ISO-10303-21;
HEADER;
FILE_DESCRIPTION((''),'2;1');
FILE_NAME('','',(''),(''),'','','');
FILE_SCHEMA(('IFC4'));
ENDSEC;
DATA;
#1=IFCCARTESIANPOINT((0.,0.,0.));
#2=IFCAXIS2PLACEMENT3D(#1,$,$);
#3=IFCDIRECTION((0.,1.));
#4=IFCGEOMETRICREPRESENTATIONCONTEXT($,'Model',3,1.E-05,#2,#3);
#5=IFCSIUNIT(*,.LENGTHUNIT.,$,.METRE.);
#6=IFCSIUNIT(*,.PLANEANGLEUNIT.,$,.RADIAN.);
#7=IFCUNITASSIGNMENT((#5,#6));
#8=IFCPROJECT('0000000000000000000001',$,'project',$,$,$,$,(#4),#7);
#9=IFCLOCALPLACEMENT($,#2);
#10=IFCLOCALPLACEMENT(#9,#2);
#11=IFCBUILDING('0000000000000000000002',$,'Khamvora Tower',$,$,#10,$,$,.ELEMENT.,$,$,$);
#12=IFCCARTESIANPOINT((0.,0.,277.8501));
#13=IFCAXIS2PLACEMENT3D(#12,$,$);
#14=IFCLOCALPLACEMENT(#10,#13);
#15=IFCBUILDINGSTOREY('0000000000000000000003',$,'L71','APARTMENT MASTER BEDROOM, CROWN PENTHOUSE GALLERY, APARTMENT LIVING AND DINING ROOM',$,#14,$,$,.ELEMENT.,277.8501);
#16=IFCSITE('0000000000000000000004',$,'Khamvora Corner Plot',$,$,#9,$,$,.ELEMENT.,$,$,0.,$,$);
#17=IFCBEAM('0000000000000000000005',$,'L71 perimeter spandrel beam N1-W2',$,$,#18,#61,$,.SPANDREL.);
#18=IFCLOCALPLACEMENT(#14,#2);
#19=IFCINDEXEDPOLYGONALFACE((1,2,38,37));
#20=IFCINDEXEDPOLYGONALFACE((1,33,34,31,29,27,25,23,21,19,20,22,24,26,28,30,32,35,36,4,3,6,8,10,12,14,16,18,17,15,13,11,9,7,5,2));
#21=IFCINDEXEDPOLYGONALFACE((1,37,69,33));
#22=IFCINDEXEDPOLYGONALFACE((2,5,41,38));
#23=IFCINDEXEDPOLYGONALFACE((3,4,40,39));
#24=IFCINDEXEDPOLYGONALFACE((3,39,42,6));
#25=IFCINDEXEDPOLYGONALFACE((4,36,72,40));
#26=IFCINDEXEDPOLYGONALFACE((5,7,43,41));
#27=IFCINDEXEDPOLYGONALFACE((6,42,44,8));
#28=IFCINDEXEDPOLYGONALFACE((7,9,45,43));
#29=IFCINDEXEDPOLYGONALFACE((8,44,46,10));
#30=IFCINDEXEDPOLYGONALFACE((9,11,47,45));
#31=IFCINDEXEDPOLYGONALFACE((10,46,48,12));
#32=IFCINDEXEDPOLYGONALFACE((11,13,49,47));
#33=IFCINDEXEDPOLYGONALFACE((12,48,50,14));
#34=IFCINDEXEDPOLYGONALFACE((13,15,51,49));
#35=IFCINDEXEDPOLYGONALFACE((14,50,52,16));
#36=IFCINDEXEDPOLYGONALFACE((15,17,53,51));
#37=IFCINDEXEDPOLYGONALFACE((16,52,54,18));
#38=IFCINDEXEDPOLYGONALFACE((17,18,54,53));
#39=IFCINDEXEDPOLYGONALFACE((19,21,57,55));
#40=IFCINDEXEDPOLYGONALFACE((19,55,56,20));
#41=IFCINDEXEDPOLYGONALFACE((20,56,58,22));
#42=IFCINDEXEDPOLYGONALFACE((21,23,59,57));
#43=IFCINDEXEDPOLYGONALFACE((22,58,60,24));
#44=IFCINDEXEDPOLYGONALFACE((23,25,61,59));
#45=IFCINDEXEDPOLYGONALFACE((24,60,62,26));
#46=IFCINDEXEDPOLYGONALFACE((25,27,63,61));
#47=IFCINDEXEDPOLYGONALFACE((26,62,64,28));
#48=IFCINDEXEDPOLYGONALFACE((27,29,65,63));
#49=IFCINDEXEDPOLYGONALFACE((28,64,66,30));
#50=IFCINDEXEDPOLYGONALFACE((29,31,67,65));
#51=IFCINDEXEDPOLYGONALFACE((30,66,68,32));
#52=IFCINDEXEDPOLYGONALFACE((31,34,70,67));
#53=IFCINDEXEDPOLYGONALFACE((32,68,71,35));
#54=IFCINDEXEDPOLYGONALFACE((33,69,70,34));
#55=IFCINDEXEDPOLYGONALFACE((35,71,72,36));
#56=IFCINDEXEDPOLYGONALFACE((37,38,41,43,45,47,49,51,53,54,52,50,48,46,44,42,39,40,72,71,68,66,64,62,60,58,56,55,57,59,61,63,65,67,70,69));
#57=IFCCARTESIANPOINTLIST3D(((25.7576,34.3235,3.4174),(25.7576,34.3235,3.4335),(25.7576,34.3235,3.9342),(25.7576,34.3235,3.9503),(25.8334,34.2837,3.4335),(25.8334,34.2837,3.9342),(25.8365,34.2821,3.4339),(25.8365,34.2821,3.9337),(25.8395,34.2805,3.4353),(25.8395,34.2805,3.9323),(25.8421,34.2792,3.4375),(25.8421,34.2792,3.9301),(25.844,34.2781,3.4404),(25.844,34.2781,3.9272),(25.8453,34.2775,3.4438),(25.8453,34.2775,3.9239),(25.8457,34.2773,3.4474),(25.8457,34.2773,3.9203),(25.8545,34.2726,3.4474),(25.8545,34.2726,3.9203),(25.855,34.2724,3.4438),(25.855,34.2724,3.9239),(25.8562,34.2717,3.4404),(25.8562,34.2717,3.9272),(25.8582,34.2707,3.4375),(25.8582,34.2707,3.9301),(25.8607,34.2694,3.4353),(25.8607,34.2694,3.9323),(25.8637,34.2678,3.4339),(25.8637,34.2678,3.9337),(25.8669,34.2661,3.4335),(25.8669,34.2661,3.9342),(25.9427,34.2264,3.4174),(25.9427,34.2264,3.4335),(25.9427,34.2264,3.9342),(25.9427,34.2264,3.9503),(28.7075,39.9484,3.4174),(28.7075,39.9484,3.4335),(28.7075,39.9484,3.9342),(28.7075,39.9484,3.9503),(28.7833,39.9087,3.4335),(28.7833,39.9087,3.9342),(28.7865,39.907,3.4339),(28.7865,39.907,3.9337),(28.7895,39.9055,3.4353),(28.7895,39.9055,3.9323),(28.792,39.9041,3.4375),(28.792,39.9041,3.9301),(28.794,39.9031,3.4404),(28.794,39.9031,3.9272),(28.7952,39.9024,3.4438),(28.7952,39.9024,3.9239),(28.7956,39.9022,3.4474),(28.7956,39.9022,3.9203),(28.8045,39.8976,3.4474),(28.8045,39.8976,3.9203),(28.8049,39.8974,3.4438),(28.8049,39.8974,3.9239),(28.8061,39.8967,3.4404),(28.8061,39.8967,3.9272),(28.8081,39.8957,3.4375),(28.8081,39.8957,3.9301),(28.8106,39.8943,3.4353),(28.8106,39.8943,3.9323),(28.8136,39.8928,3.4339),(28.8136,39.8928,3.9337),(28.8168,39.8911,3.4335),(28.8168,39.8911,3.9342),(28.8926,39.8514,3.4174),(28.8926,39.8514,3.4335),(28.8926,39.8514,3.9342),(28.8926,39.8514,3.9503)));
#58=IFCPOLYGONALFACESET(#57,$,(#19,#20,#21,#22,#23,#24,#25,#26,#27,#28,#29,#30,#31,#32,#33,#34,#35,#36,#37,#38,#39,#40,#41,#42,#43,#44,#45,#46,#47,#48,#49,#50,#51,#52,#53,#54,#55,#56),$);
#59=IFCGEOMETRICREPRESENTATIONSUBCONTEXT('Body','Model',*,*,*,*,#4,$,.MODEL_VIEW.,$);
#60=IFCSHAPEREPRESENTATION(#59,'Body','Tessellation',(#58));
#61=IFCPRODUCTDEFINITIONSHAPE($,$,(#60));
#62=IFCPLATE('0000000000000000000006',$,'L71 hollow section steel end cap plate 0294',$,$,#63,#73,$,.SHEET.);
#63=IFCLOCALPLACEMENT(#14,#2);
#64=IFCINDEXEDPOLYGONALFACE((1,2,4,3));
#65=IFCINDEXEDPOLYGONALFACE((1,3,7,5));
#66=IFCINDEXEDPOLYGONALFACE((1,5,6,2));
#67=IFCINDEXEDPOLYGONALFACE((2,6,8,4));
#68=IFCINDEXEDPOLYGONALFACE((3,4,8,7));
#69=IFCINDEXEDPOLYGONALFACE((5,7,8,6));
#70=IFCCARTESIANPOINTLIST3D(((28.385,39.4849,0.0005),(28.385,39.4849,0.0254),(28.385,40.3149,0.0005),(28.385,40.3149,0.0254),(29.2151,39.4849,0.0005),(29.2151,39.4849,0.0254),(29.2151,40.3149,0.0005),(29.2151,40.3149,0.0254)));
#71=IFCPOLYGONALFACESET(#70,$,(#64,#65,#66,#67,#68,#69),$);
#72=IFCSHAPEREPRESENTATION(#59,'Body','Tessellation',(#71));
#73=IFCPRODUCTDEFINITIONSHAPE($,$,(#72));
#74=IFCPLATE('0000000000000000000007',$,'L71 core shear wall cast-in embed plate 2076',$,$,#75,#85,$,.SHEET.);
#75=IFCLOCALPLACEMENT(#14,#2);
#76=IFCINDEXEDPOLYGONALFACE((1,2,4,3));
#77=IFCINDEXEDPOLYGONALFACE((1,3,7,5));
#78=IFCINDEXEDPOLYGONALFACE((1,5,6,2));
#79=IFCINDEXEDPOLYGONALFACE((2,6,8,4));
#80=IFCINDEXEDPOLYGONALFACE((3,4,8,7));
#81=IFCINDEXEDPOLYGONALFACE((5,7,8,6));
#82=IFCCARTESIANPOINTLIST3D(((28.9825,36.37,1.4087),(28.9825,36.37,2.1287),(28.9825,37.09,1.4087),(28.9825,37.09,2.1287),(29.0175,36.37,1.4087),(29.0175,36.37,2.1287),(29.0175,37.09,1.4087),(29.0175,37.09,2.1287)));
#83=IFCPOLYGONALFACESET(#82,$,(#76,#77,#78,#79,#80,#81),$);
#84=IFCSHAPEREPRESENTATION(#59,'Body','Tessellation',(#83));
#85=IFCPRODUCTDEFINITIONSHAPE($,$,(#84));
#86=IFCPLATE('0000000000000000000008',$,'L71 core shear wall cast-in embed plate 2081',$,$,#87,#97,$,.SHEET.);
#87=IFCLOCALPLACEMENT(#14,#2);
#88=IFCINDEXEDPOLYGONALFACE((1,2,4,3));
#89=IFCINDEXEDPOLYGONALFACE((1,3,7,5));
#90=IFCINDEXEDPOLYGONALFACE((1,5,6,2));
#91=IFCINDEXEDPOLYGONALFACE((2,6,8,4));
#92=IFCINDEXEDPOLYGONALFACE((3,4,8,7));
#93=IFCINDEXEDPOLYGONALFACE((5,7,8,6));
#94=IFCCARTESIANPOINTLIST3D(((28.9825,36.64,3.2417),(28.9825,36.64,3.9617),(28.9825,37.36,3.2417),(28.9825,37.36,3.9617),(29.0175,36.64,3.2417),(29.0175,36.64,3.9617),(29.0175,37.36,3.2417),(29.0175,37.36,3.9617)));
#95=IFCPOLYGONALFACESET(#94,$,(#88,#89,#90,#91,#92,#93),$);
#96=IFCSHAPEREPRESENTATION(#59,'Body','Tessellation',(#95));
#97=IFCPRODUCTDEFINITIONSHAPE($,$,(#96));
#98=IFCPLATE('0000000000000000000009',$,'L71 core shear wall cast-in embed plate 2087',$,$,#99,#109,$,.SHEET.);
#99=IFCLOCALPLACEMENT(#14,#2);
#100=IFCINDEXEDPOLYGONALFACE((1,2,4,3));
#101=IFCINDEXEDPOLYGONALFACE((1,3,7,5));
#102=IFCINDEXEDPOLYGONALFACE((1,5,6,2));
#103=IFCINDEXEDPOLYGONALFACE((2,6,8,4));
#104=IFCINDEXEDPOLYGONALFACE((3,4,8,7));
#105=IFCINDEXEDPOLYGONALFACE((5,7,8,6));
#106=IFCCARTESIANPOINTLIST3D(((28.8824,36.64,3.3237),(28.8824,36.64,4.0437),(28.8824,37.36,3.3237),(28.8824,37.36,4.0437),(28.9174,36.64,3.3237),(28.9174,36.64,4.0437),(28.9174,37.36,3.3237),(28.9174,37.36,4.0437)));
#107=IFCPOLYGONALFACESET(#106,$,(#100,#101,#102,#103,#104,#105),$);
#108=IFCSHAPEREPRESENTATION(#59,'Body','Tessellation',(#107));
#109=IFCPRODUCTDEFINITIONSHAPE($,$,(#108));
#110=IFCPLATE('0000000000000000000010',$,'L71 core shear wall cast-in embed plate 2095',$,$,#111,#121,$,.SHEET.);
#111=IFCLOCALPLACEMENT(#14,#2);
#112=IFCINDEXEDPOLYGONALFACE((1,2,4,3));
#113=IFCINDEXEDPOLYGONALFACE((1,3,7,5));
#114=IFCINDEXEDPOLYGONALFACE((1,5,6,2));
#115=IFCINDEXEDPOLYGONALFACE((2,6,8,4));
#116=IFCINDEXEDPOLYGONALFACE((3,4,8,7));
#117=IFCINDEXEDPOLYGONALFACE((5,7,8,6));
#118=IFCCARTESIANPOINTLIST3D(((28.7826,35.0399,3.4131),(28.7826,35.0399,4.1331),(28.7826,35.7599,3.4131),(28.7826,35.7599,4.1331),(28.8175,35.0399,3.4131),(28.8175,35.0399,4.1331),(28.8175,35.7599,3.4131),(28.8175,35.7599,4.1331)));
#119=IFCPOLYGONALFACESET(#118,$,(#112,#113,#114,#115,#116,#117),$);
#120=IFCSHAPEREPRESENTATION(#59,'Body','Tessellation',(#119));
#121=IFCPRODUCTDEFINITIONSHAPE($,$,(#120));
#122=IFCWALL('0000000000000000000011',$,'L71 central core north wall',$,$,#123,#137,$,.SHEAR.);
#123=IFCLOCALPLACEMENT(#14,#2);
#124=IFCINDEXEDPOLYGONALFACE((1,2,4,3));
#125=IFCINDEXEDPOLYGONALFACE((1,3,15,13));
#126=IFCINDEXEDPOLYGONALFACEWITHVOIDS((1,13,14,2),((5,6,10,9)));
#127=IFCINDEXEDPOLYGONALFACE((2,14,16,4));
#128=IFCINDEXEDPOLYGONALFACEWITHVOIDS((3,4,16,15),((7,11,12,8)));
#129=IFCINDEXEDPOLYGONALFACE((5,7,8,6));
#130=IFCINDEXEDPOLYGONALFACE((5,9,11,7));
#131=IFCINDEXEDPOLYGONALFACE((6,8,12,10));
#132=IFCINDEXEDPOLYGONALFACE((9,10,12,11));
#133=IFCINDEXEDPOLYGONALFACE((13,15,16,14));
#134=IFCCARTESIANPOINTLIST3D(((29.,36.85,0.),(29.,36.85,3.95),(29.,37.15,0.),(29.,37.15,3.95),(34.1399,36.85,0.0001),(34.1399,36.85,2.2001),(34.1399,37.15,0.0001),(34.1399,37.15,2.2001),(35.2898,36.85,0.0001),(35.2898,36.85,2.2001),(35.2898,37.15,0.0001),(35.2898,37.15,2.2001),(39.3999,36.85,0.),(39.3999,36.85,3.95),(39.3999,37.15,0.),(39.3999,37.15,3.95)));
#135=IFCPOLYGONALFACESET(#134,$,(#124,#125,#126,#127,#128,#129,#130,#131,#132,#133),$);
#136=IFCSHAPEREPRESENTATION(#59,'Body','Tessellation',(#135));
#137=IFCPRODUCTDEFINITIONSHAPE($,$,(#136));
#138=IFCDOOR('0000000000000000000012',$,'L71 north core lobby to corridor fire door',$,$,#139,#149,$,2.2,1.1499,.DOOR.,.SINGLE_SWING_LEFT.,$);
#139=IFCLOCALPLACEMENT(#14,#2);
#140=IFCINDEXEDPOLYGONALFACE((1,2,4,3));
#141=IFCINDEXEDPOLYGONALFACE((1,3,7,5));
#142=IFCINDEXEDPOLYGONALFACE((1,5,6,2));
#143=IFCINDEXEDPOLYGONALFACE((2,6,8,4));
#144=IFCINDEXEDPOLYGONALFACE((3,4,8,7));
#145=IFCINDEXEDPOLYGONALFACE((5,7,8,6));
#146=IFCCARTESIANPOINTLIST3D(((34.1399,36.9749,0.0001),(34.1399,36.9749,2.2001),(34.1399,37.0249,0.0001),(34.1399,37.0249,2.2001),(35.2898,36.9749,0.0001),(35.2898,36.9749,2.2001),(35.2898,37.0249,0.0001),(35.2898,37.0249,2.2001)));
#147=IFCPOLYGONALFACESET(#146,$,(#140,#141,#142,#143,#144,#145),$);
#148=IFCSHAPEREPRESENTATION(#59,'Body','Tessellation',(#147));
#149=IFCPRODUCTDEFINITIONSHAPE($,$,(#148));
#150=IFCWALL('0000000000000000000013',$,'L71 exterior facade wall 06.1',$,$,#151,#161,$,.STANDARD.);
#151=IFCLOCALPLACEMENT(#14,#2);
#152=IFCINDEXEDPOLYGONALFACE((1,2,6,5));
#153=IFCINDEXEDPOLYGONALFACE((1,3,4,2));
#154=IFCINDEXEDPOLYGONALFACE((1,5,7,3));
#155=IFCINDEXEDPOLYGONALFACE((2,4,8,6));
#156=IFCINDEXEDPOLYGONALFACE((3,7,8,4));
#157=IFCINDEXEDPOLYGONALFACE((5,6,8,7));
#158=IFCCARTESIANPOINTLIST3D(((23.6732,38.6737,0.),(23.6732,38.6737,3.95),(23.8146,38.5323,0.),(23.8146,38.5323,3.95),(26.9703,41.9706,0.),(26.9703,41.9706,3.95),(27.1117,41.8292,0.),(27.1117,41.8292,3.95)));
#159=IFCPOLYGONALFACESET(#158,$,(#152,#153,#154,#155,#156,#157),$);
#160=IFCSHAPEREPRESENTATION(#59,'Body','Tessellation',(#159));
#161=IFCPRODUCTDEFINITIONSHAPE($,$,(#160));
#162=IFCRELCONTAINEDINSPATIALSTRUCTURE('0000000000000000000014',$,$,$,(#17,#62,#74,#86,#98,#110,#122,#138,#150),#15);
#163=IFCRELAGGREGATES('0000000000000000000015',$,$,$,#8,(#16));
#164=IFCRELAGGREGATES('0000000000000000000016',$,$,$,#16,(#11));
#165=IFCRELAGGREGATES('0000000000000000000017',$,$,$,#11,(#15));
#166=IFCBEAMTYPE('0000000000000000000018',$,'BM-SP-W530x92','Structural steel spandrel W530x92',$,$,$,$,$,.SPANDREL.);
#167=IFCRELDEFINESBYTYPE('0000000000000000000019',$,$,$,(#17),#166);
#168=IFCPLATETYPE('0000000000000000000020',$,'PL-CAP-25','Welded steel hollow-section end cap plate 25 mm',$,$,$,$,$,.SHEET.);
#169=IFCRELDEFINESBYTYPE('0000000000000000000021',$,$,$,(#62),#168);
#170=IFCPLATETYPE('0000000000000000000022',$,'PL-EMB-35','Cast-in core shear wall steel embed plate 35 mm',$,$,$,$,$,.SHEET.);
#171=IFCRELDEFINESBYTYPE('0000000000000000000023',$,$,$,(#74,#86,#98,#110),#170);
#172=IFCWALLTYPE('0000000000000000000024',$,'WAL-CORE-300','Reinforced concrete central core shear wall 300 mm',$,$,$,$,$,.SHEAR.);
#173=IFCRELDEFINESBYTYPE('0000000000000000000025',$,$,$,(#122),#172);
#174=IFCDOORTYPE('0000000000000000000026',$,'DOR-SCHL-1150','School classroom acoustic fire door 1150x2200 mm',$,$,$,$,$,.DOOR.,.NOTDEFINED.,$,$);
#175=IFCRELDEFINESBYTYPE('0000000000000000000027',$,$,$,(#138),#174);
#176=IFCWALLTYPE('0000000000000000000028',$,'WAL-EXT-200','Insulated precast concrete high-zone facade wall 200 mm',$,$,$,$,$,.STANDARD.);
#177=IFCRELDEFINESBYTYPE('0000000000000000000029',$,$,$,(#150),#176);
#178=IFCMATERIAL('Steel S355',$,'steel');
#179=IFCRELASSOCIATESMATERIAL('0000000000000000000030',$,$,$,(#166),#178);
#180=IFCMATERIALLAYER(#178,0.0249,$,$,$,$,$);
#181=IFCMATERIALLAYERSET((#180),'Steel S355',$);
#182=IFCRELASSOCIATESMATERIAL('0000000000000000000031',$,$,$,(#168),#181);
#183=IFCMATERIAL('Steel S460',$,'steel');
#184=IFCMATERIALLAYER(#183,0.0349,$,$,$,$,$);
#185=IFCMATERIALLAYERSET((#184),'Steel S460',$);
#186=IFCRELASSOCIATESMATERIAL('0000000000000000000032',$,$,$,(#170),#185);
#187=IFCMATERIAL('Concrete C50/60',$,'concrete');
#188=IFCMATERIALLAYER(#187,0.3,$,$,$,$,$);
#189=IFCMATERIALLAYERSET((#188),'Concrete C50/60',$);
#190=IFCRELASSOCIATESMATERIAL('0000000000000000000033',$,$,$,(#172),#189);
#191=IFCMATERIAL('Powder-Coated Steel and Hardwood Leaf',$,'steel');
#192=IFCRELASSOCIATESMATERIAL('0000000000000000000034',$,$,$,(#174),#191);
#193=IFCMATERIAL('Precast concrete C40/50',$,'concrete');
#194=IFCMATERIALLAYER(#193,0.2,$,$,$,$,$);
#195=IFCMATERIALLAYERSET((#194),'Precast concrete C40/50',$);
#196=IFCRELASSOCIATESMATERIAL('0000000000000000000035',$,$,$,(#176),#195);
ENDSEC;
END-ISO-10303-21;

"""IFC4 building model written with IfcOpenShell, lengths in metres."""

from ifc_helpers import new_model, si_unit, direction, frame, frame_2d, origin, origin_2d, place, context, subcontext, project, spatial, rectangle, i_section, extrude, material, layer, layer_set, material_profile, profile_set, type_object, element, fill, save


model = new_model("IFC4")

# Units and contexts
model_context = context("Model", 3, precision=1e-05, world=origin(), true_north=direction((0.0, 1.0)))
body_context = subcontext(model_context, "Body", "Model", "MODEL_VIEW")
ifc_project = project(units=[si_unit("LENGTHUNIT", "METRE"), si_unit("PLANEANGLEUNIT", "RADIAN")], contexts=[model_context])

# Site, building, storey
site_placement = place(None, origin())
site = spatial("IfcSite", under=ifc_project, at=site_placement, Name="Khamvora Corner Plot", CompositionType="ELEMENT", RefElevation=0.0)
building_placement = place(site_placement, origin())
building = spatial("IfcBuilding", under=site, at=building_placement, Name="Khamvora Tower", CompositionType="ELEMENT")
storey_placement = place(building_placement, frame((0.0, 0.0, 277.8501)))
storey = spatial("IfcBuildingStorey", under=building, at=storey_placement, Name="L71", Description="APARTMENT MASTER BEDROOM, CROWN PENTHOUSE GALLERY, APARTMENT LIVING AND DINING ROOM", CompositionType="ELEMENT", Elevation=277.8501)

# Shared definitions
ifc_material_1 = material(Name="Steel S355", Category="steel")

# Beam
ifc_material_profile_1 = material_profile(ifc_material_1, i_section(OverallWidth=0.209, OverallDepth=0.533, WebThickness=0.01, FlangeThickness=0.0161, FilletRadius=0.0139, at=origin_2d()), Name="W530x92")
ifc_profile_set_1 = profile_set([ifc_material_profile_1], Name="Steel S355")
beam_type_1 = type_object("IfcBeamType", Name="BM-SP-W530x92", Description="Structural steel spandrel W530x92", PredefinedType="SPANDREL", material=ifc_profile_set_1)
beam_1_placement = place(storey_placement, frame((28.8, 39.8999, 3.6838), z_axis=(-0.464442, -0.885603, 0.0), x_axis=(0.885603, -0.464442, 0.0)))
element("IfcBeam", 1, at=beam_1_placement, inside=storey, type_object=beam_type_1, Name="L71 perimeter spandrel beam N1-W2", PredefinedType="SPANDREL", context=body_context, shape_type="SweptSolid", body=[
    extrude(i_section(OverallWidth=0.209, OverallDepth=0.533, WebThickness=0.01, FlangeThickness=0.0161, FilletRadius=0.0139, at=origin_2d()), origin(), (0.0, 0.0, 1.0), 6.3516),
])

# Plates
ifc_layer_1 = layer(ifc_material_1, 0.0249)
ifc_layer_set_1 = layer_set([ifc_layer_1], Name="Steel S355")
plate_type_1 = type_object("IfcPlateType", Name="PL-CAP-25", Description="Welded steel hollow-section end cap plate 25 mm", PredefinedType="SHEET", material=ifc_layer_set_1)
plate_placement = place(storey_placement, frame((28.8, 39.8999, 0.0005), z_axis=(0.0, 0.0, 1.0), x_axis=(1.0, 0.0, 0.0)))
element("IfcPlate", 2, at=plate_placement, inside=storey, type_object=plate_type_1, Name="L71 hollow section steel end cap plate 0294", PredefinedType="SHEET", context=body_context, shape_type="SweptSolid", body=[
    extrude(rectangle(XDim=0.8301, YDim=0.8301, at=origin_2d()), origin(), (0.0, 0.0, 1.0), 0.0249),
])
ifc_material_2 = material(Name="Steel S460", Category="steel")
ifc_layer_2 = layer(ifc_material_2, 0.0349)
ifc_layer_set_2 = layer_set([ifc_layer_2], Name="Steel S460")
plate_type_2 = type_object("IfcPlateType", Name="PL-EMB-35", Description="Cast-in core shear wall steel embed plate 35 mm", PredefinedType="SHEET", material=ifc_layer_set_2)
for number, where, z_axis, x_axis, name in (
    (3, (29.0, 36.73, 1.4087), (0.0, 0.0, 1.0), (1.0, 0.0, 0.0), "L71 core shear wall cast-in embed plate 2076"),
    (4, (29.0, 37.0, 3.2417), (0.0, 0.0, 1.0), (1.0, 0.0, 0.0), "L71 core shear wall cast-in embed plate 2081"),
    (5, (28.8999, 37.0, 3.3237), (0.0, 0.0, 1.0), (1.0, 0.0, 0.0), "L71 core shear wall cast-in embed plate 2087"),
    (6, (28.8, 35.3999, 3.4131), (0.0, 0.0, 1.0), (1.0, 0.0, 0.0), "L71 core shear wall cast-in embed plate 2095"),
):
    element("IfcPlate", number, at=place(storey_placement, frame(where, z_axis=z_axis, x_axis=x_axis)), inside=storey, type_object=plate_type_2, Name=name, PredefinedType="SHEET", context=body_context, shape_type="SweptSolid", body=[
        extrude(rectangle(XDim=0.0349, YDim=0.72, at=origin_2d()), origin(), (0.0, 0.0, 1.0), 0.72),
    ])

# Wall, opening, door
ifc_material_3 = material(Name="Concrete C50/60", Category="concrete")
ifc_layer_3 = layer(ifc_material_3, 0.3)
ifc_layer_set_3 = layer_set([ifc_layer_3], Name="Concrete C50/60")
wall_type_1 = type_object("IfcWallType", Name="WAL-CORE-300", Description="Reinforced concrete central core shear wall 300 mm", PredefinedType="SHEAR", material=ifc_layer_set_3)
wall_1_placement = place(storey_placement, frame((29.0, 37.0, 0.0), z_axis=(0.0, 0.0, 1.0), x_axis=(1.0, 0.0, 0.0)))
wall_1 = element("IfcWall", 7, at=wall_1_placement, inside=storey, type_object=wall_type_1, Name="L71 central core north wall", PredefinedType="SHEAR", context=body_context, shape_type="SweptSolid", body=[
    extrude(rectangle(XDim=10.3999, YDim=0.3, at=frame_2d((5.2, 0.0))), origin(), (0.0, 0.0, 1.0), 3.95),
])
opening_1_placement = place(wall_1_placement, frame((5.1399, 0.0, 0.0)))
opening_1 = element("IfcOpeningElement", 8, at=opening_1_placement, cuts=wall_1, PredefinedType="OPENING", context=body_context, shape_type="SweptSolid", body=[
    extrude(rectangle(XDim=1.1499, YDim=2.2, at=frame_2d((0.575, 1.1001))), frame((0.0, 0.1599, 0.0), z_axis=(0.0, -1.0, 0.0), x_axis=(1.0, 0.0, 0.0)), (0.0, 0.0, 1.0), 0.3201),
])
ifc_material_4 = material(Name="Powder-Coated Steel and Hardwood Leaf", Category="steel")
door_type_1 = type_object("IfcDoorType", Name="DOR-SCHL-1150", Description="School classroom acoustic fire door 1150x2200 mm", OperationType="NOTDEFINED", PredefinedType="DOOR", material=ifc_material_4)
door_1_placement = place(opening_1_placement, origin())
door_1 = element("IfcDoor", 9, at=door_1_placement, inside=storey, type_object=door_type_1, Name="L71 north core lobby to corridor fire door", OperationType="SINGLE_SWING_LEFT", OverallHeight=2.2, OverallWidth=1.1499, PredefinedType="DOOR", context=body_context, shape_type="SweptSolid", body=[
    extrude(rectangle(XDim=1.1499, YDim=2.2, at=frame_2d((0.575, 1.1001))), frame((0.0, 0.0249, 0.0), z_axis=(0.0, -1.0, 0.0), x_axis=(1.0, 0.0, 0.0)), (0.0, 0.0, 1.0), 0.05),
])
fill(opening_1, door_1)

# Wall
ifc_material_5 = material(Name="Precast concrete C40/50", Category="concrete")
ifc_layer_4 = layer(ifc_material_5, 0.2)
ifc_layer_set_4 = layer_set([ifc_layer_4], Name="Precast concrete C40/50")
wall_type_2 = type_object("IfcWallType", Name="WAL-EXT-200", Description="Insulated precast concrete high-zone facade wall 200 mm", PredefinedType="STANDARD", material=ifc_layer_set_4)
wall_2_placement = place(storey_placement, frame((23.7439, 38.603, 0.0), z_axis=(0.0, 0.0, 1.0), x_axis=(0.707133, 0.707081, 0.0)))
element("IfcWall", 10, at=wall_2_placement, inside=storey, type_object=wall_type_2, Name="L71 exterior facade wall 06.1", PredefinedType="STANDARD", context=body_context, shape_type="SweptSolid", body=[
    extrude(rectangle(XDim=4.6626, YDim=0.2, at=frame_2d((2.3313, 0.0))), origin(), (0.0, 0.0, 1.0), 3.95),
])

save(model, "model.ifc")
